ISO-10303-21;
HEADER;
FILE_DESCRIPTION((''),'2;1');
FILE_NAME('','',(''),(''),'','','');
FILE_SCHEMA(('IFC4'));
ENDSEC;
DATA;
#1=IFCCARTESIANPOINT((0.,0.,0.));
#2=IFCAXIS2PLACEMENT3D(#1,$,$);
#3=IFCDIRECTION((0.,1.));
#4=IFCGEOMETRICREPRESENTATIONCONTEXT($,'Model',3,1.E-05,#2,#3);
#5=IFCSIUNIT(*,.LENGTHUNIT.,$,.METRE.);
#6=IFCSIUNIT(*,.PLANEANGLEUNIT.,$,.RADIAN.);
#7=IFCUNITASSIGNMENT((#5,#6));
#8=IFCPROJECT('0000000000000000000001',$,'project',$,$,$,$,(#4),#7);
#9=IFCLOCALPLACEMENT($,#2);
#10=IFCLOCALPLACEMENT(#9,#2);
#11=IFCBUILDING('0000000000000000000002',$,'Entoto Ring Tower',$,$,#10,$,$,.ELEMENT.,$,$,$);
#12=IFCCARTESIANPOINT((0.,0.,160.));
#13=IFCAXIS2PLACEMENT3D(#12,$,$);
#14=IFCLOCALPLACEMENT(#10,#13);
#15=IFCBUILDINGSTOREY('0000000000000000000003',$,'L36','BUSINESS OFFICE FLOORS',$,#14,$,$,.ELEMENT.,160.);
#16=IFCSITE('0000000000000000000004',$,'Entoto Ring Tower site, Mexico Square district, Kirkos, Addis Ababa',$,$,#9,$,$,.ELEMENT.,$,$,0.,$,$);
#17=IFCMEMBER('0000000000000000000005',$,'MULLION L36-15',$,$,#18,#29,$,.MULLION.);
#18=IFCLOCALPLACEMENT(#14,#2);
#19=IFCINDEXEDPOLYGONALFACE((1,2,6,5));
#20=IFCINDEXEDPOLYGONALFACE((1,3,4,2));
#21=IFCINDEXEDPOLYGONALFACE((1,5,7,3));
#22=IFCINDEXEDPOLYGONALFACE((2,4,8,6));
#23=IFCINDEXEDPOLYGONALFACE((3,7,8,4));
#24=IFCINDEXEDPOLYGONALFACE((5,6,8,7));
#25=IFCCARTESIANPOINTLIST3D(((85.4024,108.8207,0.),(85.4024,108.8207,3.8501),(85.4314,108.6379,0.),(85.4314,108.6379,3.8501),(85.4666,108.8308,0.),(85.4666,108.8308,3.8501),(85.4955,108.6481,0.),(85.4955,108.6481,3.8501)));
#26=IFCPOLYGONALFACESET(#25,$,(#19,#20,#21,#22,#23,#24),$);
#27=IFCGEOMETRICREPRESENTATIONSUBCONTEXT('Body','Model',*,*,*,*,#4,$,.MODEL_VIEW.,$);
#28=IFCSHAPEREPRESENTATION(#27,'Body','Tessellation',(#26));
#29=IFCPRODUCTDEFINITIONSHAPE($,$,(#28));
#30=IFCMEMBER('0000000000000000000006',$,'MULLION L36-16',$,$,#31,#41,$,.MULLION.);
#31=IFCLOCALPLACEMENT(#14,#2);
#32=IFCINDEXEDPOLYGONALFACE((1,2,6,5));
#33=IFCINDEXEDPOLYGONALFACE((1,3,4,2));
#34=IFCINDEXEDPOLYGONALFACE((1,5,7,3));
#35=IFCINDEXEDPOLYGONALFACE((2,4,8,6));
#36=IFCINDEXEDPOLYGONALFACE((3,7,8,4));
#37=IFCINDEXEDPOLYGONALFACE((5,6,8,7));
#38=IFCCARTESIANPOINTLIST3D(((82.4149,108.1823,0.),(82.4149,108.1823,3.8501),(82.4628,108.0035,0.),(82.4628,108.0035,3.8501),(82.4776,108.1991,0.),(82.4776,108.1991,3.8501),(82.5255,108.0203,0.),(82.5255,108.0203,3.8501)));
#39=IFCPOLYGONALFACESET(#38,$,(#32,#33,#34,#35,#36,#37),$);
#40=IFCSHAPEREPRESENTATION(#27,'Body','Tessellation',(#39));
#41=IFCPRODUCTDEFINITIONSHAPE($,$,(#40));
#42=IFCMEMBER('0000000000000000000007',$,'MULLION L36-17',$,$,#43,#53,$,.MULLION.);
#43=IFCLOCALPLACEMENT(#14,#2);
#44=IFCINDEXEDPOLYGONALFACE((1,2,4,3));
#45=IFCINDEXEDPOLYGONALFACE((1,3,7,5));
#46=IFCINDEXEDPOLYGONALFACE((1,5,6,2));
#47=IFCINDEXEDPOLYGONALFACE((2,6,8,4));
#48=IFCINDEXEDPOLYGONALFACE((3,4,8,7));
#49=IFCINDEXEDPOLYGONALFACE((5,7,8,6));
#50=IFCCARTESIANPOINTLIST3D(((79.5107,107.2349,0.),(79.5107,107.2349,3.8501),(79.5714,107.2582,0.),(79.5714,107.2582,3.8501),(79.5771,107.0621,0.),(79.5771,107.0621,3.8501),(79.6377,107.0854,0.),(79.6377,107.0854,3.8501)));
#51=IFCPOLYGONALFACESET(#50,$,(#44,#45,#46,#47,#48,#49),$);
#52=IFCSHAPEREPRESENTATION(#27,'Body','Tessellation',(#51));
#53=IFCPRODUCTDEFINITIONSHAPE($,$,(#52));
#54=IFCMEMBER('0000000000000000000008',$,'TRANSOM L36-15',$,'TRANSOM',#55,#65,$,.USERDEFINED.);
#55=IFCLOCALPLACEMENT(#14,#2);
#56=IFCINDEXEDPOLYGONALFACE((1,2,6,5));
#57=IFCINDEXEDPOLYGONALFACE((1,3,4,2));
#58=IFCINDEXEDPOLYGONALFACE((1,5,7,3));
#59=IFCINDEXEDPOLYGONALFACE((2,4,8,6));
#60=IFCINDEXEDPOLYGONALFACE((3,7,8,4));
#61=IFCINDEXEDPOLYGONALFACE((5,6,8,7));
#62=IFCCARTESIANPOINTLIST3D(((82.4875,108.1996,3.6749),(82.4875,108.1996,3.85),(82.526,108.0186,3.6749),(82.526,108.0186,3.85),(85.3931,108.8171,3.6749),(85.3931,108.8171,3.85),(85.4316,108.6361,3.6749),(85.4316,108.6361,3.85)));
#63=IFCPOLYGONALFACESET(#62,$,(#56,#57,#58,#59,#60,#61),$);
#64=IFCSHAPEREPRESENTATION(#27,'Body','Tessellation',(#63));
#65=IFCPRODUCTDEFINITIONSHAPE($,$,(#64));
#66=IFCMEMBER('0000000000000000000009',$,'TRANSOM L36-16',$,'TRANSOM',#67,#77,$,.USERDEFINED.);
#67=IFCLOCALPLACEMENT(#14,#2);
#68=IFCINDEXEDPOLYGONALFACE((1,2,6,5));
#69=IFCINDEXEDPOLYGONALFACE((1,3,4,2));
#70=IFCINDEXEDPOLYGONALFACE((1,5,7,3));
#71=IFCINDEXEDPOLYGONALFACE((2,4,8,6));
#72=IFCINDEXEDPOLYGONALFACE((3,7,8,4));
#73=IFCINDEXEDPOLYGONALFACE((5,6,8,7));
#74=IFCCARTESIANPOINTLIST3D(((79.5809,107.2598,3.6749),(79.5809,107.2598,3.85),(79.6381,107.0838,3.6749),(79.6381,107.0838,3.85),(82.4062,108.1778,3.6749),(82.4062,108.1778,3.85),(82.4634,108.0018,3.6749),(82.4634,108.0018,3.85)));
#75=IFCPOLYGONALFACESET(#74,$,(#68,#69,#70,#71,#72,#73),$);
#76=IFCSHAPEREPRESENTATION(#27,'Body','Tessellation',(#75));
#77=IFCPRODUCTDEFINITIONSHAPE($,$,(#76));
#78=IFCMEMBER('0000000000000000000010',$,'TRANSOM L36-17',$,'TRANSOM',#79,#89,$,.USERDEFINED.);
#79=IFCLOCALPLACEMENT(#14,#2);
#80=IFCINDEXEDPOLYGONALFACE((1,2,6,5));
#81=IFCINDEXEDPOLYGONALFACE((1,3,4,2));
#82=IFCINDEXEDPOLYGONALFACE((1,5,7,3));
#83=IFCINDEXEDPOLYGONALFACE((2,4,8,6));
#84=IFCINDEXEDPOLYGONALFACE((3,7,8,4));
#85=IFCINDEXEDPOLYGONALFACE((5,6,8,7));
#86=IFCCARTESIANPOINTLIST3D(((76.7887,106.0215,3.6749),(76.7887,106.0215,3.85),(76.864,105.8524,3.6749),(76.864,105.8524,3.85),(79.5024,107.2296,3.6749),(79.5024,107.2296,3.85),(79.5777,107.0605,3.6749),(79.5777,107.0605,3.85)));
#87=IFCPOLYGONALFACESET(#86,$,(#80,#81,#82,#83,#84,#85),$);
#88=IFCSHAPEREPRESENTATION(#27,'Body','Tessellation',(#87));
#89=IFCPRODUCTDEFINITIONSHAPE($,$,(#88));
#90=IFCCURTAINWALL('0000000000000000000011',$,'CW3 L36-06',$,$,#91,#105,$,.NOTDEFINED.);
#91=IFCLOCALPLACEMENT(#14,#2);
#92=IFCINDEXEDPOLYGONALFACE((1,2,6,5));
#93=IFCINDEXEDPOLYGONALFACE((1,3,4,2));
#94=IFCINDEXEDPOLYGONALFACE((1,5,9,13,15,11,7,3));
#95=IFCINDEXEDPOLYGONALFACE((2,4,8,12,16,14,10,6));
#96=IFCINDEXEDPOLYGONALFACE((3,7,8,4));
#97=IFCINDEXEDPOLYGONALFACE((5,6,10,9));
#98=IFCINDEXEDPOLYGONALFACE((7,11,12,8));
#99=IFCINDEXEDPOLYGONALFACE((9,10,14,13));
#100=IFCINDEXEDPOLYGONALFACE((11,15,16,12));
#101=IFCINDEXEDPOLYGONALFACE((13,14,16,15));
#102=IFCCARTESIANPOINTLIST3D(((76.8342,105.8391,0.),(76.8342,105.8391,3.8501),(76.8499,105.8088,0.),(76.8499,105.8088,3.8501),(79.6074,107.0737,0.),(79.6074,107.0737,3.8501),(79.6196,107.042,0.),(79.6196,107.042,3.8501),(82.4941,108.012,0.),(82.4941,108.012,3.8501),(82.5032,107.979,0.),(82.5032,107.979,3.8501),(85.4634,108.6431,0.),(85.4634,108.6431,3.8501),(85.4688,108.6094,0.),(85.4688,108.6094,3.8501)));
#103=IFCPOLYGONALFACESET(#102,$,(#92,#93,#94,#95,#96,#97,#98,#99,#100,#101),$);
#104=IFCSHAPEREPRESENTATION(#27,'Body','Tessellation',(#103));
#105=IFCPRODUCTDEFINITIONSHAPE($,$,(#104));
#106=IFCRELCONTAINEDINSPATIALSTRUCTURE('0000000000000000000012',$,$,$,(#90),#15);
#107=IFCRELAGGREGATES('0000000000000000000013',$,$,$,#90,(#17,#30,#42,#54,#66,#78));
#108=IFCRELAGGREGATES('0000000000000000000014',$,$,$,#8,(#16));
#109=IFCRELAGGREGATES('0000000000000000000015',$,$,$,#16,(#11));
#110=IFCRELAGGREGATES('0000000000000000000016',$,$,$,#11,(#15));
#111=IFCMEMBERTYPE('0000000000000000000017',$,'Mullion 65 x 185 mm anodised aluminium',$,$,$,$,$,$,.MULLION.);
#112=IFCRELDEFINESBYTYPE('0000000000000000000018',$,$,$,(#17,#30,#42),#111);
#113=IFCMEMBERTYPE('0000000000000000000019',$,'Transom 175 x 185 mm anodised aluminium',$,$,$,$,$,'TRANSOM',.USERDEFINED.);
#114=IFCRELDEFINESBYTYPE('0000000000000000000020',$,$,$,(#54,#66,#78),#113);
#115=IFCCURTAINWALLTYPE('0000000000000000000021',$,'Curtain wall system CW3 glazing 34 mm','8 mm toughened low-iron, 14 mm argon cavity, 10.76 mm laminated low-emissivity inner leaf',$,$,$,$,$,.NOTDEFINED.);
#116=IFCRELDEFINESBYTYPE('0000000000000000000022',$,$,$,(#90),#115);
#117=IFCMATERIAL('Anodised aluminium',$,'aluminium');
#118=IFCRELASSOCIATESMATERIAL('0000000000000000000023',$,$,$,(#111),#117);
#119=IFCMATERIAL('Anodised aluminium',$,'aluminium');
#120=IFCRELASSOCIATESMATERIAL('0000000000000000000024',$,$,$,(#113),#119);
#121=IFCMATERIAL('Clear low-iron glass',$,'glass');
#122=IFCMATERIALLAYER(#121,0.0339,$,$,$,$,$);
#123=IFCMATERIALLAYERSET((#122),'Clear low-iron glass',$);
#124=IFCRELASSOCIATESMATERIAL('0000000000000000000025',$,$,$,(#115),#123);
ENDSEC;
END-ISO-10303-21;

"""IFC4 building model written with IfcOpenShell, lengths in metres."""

from ifc_helpers import new_model, si_unit, direction, frame, origin, origin_2d, place, context, subcontext, project, spatial, polyline, rectangle, outline, extrude, material, layer, layer_set, material_profile, profile_set, type_object, element, aggregate, save


model = new_model("IFC4")

# Units and contexts
model_context = context("Model", 3, precision=1e-05, world=origin(), true_north=direction((0.0, 1.0)))
body_context = subcontext(model_context, "Body", "Model", "MODEL_VIEW")
ifc_project = project(units=[si_unit("LENGTHUNIT", "METRE"), si_unit("PLANEANGLEUNIT", "RADIAN")], contexts=[model_context])

# Members
ifc_material_1 = material(Name="Anodised aluminium", Category="aluminium")
ifc_material_profile_1 = material_profile(ifc_material_1, rectangle(XDim=0.0649, YDim=0.1851, at=origin_2d()), Name="Mullion 65 x 185 mm anodised aluminium")
ifc_profile_set_1 = profile_set([ifc_material_profile_1], Name="Anodised aluminium")
member_type_1 = type_object("IfcMemberType", Name="Mullion 65 x 185 mm anodised aluminium", PredefinedType="MULLION", material=ifc_profile_set_1)
site_placement = place(None, origin())
building_placement = place(site_placement, origin())
storey_placement = place(building_placement, frame((0.0, 0.0, 160.0)))
member_1_placement = place(storey_placement, frame((85.449, 108.7344, 0.0), z_axis=(0.0, 0.0, 1.0), x_axis=(-0.987688, -0.156434, 0.0)))
member_1 = element("IfcMember", 1, at=member_1_placement, type_object=member_type_1, Name="MULLION L36-15", PredefinedType="MULLION", context=body_context, shape_type="SweptSolid", body=[
    extrude(rectangle(XDim=0.0649, YDim=0.1851, at=origin_2d()), origin(), (0.0, 0.0, 1.0), 3.8501),
])
member_2_placement = place(storey_placement, frame((82.4702, 108.1013, 0.0), z_axis=(0.0, 0.0, 1.0), x_axis=(-0.965926, -0.258819, 0.0)))
member_2 = element("IfcMember", 2, at=member_2_placement, type_object=member_type_1, Name="MULLION L36-16", PredefinedType="MULLION", context=body_context, shape_type="SweptSolid", body=[
    extrude(rectangle(XDim=0.0649, YDim=0.1851, at=origin_2d()), origin(), (0.0, 0.0, 1.0), 3.8501),
])
member_3_placement = place(storey_placement, frame((79.5742, 107.1602, 0.0), z_axis=(0.0, 0.0, 1.0), x_axis=(-0.93358, -0.358368, 0.0)))
member_3 = element("IfcMember", 3, at=member_3_placement, type_object=member_type_1, Name="MULLION L36-17", PredefinedType="MULLION", context=body_context, shape_type="SweptSolid", body=[
    extrude(rectangle(XDim=0.0649, YDim=0.1851, at=origin_2d()), origin(), (0.0, 0.0, 1.0), 3.8501),
])
ifc_material_2 = material(Name="Anodised aluminium", Category="aluminium")
ifc_material_profile_2 = material_profile(ifc_material_2, rectangle(XDim=0.1851, YDim=0.175, at=origin_2d()), Name="Transom 175 x 185 mm anodised aluminium")
ifc_profile_set_2 = profile_set([ifc_material_profile_2], Name="Anodised aluminium")
member_type_2 = type_object("IfcMemberType", Name="Transom 175 x 185 mm anodised aluminium", ElementType="TRANSOM", PredefinedType="USERDEFINED", material=ifc_profile_set_2)
member_4_placement = place(storey_placement, frame((85.4124, 108.7266, 3.7625), z_axis=(-0.978158, -0.207862, 0.0), x_axis=(0.207862, -0.978158, 0.0)))
member_4 = element("IfcMember", 4, at=member_4_placement, type_object=member_type_2, Name="TRANSOM L36-15", ObjectType="TRANSOM", PredefinedType="USERDEFINED", context=body_context, shape_type="SweptSolid", body=[
    extrude(rectangle(XDim=0.1851, YDim=0.175, at=origin_2d()), origin(), (0.0, 0.0, 1.0), 2.9705),
])
member_5_placement = place(storey_placement, frame((82.4348, 108.0898, 3.7625), z_axis=(-0.951056, -0.309019, 0.0), x_axis=(0.309019, -0.951056, 0.0)))
member_5 = element("IfcMember", 5, at=member_5_placement, type_object=member_type_2, Name="TRANSOM L36-16", ObjectType="TRANSOM", PredefinedType="USERDEFINED", context=body_context, shape_type="SweptSolid", body=[
    extrude(rectangle(XDim=0.1851, YDim=0.175, at=origin_2d()), origin(), (0.0, 0.0, 1.0), 2.9707),
])
member_6_placement = place(storey_placement, frame((79.54, 107.145, 3.7625), z_axis=(-0.913567, -0.406687, 0.0), x_axis=(0.406687, -0.913567, 0.0)))
member_6 = element("IfcMember", 6, at=member_6_placement, type_object=member_type_2, Name="TRANSOM L36-17", ObjectType="TRANSOM", PredefinedType="USERDEFINED", context=body_context, shape_type="SweptSolid", body=[
    extrude(rectangle(XDim=0.1851, YDim=0.175, at=origin_2d()), origin(), (0.0, 0.0, 1.0), 2.9705),
])

# Site, building, storey
site = spatial("IfcSite", under=ifc_project, at=site_placement, Name="Entoto Ring Tower site, Mexico Square district, Kirkos, Addis Ababa", CompositionType="ELEMENT", RefElevation=0.0)
building = spatial("IfcBuilding", under=site, at=building_placement, Name="Entoto Ring Tower", CompositionType="ELEMENT")
storey = spatial("IfcBuildingStorey", under=building, at=storey_placement, Name="L36", Description="BUSINESS OFFICE FLOORS", CompositionType="ELEMENT", Elevation=160.0)

# Curtain wall
ifc_material_3 = material(Name="Clear low-iron glass", Category="glass")
ifc_layer = layer(ifc_material_3, 0.0339)
ifc_layer_set = layer_set([ifc_layer], Name="Clear low-iron glass")
curtain_wall_type = type_object("IfcCurtainWallType", Name="Curtain wall system CW3 glazing 34 mm", Description="8 mm toughened low-iron, 14 mm argon cavity, 10.76 mm laminated low-emissivity inner leaf", PredefinedType="NOTDEFINED", material=ifc_layer_set)
curtain_wall_1_placement = place(storey_placement, origin())
curtain_wall_1 = element("IfcCurtainWall", 7, at=curtain_wall_1_placement, inside=storey, type_object=curtain_wall_type, Name="CW3 L36-06", PredefinedType="NOTDEFINED", context=body_context, shape_type="SweptSolid", body=[
    extrude(outline(polyline([(85.4634, 108.6431), (82.4941, 108.012), (79.6074, 107.0737), (76.8342, 105.8391), (76.8499, 105.8088), (79.6196, 107.042), (82.5032, 107.979), (85.4688, 108.6094), (85.4634, 108.6431)])), origin(), (0.0, 0.0, 1.0), 3.8501),
])
aggregate(curtain_wall_1, [member_1, member_2, member_3, member_4, member_5, member_6])

save(model, "model.ifc")
